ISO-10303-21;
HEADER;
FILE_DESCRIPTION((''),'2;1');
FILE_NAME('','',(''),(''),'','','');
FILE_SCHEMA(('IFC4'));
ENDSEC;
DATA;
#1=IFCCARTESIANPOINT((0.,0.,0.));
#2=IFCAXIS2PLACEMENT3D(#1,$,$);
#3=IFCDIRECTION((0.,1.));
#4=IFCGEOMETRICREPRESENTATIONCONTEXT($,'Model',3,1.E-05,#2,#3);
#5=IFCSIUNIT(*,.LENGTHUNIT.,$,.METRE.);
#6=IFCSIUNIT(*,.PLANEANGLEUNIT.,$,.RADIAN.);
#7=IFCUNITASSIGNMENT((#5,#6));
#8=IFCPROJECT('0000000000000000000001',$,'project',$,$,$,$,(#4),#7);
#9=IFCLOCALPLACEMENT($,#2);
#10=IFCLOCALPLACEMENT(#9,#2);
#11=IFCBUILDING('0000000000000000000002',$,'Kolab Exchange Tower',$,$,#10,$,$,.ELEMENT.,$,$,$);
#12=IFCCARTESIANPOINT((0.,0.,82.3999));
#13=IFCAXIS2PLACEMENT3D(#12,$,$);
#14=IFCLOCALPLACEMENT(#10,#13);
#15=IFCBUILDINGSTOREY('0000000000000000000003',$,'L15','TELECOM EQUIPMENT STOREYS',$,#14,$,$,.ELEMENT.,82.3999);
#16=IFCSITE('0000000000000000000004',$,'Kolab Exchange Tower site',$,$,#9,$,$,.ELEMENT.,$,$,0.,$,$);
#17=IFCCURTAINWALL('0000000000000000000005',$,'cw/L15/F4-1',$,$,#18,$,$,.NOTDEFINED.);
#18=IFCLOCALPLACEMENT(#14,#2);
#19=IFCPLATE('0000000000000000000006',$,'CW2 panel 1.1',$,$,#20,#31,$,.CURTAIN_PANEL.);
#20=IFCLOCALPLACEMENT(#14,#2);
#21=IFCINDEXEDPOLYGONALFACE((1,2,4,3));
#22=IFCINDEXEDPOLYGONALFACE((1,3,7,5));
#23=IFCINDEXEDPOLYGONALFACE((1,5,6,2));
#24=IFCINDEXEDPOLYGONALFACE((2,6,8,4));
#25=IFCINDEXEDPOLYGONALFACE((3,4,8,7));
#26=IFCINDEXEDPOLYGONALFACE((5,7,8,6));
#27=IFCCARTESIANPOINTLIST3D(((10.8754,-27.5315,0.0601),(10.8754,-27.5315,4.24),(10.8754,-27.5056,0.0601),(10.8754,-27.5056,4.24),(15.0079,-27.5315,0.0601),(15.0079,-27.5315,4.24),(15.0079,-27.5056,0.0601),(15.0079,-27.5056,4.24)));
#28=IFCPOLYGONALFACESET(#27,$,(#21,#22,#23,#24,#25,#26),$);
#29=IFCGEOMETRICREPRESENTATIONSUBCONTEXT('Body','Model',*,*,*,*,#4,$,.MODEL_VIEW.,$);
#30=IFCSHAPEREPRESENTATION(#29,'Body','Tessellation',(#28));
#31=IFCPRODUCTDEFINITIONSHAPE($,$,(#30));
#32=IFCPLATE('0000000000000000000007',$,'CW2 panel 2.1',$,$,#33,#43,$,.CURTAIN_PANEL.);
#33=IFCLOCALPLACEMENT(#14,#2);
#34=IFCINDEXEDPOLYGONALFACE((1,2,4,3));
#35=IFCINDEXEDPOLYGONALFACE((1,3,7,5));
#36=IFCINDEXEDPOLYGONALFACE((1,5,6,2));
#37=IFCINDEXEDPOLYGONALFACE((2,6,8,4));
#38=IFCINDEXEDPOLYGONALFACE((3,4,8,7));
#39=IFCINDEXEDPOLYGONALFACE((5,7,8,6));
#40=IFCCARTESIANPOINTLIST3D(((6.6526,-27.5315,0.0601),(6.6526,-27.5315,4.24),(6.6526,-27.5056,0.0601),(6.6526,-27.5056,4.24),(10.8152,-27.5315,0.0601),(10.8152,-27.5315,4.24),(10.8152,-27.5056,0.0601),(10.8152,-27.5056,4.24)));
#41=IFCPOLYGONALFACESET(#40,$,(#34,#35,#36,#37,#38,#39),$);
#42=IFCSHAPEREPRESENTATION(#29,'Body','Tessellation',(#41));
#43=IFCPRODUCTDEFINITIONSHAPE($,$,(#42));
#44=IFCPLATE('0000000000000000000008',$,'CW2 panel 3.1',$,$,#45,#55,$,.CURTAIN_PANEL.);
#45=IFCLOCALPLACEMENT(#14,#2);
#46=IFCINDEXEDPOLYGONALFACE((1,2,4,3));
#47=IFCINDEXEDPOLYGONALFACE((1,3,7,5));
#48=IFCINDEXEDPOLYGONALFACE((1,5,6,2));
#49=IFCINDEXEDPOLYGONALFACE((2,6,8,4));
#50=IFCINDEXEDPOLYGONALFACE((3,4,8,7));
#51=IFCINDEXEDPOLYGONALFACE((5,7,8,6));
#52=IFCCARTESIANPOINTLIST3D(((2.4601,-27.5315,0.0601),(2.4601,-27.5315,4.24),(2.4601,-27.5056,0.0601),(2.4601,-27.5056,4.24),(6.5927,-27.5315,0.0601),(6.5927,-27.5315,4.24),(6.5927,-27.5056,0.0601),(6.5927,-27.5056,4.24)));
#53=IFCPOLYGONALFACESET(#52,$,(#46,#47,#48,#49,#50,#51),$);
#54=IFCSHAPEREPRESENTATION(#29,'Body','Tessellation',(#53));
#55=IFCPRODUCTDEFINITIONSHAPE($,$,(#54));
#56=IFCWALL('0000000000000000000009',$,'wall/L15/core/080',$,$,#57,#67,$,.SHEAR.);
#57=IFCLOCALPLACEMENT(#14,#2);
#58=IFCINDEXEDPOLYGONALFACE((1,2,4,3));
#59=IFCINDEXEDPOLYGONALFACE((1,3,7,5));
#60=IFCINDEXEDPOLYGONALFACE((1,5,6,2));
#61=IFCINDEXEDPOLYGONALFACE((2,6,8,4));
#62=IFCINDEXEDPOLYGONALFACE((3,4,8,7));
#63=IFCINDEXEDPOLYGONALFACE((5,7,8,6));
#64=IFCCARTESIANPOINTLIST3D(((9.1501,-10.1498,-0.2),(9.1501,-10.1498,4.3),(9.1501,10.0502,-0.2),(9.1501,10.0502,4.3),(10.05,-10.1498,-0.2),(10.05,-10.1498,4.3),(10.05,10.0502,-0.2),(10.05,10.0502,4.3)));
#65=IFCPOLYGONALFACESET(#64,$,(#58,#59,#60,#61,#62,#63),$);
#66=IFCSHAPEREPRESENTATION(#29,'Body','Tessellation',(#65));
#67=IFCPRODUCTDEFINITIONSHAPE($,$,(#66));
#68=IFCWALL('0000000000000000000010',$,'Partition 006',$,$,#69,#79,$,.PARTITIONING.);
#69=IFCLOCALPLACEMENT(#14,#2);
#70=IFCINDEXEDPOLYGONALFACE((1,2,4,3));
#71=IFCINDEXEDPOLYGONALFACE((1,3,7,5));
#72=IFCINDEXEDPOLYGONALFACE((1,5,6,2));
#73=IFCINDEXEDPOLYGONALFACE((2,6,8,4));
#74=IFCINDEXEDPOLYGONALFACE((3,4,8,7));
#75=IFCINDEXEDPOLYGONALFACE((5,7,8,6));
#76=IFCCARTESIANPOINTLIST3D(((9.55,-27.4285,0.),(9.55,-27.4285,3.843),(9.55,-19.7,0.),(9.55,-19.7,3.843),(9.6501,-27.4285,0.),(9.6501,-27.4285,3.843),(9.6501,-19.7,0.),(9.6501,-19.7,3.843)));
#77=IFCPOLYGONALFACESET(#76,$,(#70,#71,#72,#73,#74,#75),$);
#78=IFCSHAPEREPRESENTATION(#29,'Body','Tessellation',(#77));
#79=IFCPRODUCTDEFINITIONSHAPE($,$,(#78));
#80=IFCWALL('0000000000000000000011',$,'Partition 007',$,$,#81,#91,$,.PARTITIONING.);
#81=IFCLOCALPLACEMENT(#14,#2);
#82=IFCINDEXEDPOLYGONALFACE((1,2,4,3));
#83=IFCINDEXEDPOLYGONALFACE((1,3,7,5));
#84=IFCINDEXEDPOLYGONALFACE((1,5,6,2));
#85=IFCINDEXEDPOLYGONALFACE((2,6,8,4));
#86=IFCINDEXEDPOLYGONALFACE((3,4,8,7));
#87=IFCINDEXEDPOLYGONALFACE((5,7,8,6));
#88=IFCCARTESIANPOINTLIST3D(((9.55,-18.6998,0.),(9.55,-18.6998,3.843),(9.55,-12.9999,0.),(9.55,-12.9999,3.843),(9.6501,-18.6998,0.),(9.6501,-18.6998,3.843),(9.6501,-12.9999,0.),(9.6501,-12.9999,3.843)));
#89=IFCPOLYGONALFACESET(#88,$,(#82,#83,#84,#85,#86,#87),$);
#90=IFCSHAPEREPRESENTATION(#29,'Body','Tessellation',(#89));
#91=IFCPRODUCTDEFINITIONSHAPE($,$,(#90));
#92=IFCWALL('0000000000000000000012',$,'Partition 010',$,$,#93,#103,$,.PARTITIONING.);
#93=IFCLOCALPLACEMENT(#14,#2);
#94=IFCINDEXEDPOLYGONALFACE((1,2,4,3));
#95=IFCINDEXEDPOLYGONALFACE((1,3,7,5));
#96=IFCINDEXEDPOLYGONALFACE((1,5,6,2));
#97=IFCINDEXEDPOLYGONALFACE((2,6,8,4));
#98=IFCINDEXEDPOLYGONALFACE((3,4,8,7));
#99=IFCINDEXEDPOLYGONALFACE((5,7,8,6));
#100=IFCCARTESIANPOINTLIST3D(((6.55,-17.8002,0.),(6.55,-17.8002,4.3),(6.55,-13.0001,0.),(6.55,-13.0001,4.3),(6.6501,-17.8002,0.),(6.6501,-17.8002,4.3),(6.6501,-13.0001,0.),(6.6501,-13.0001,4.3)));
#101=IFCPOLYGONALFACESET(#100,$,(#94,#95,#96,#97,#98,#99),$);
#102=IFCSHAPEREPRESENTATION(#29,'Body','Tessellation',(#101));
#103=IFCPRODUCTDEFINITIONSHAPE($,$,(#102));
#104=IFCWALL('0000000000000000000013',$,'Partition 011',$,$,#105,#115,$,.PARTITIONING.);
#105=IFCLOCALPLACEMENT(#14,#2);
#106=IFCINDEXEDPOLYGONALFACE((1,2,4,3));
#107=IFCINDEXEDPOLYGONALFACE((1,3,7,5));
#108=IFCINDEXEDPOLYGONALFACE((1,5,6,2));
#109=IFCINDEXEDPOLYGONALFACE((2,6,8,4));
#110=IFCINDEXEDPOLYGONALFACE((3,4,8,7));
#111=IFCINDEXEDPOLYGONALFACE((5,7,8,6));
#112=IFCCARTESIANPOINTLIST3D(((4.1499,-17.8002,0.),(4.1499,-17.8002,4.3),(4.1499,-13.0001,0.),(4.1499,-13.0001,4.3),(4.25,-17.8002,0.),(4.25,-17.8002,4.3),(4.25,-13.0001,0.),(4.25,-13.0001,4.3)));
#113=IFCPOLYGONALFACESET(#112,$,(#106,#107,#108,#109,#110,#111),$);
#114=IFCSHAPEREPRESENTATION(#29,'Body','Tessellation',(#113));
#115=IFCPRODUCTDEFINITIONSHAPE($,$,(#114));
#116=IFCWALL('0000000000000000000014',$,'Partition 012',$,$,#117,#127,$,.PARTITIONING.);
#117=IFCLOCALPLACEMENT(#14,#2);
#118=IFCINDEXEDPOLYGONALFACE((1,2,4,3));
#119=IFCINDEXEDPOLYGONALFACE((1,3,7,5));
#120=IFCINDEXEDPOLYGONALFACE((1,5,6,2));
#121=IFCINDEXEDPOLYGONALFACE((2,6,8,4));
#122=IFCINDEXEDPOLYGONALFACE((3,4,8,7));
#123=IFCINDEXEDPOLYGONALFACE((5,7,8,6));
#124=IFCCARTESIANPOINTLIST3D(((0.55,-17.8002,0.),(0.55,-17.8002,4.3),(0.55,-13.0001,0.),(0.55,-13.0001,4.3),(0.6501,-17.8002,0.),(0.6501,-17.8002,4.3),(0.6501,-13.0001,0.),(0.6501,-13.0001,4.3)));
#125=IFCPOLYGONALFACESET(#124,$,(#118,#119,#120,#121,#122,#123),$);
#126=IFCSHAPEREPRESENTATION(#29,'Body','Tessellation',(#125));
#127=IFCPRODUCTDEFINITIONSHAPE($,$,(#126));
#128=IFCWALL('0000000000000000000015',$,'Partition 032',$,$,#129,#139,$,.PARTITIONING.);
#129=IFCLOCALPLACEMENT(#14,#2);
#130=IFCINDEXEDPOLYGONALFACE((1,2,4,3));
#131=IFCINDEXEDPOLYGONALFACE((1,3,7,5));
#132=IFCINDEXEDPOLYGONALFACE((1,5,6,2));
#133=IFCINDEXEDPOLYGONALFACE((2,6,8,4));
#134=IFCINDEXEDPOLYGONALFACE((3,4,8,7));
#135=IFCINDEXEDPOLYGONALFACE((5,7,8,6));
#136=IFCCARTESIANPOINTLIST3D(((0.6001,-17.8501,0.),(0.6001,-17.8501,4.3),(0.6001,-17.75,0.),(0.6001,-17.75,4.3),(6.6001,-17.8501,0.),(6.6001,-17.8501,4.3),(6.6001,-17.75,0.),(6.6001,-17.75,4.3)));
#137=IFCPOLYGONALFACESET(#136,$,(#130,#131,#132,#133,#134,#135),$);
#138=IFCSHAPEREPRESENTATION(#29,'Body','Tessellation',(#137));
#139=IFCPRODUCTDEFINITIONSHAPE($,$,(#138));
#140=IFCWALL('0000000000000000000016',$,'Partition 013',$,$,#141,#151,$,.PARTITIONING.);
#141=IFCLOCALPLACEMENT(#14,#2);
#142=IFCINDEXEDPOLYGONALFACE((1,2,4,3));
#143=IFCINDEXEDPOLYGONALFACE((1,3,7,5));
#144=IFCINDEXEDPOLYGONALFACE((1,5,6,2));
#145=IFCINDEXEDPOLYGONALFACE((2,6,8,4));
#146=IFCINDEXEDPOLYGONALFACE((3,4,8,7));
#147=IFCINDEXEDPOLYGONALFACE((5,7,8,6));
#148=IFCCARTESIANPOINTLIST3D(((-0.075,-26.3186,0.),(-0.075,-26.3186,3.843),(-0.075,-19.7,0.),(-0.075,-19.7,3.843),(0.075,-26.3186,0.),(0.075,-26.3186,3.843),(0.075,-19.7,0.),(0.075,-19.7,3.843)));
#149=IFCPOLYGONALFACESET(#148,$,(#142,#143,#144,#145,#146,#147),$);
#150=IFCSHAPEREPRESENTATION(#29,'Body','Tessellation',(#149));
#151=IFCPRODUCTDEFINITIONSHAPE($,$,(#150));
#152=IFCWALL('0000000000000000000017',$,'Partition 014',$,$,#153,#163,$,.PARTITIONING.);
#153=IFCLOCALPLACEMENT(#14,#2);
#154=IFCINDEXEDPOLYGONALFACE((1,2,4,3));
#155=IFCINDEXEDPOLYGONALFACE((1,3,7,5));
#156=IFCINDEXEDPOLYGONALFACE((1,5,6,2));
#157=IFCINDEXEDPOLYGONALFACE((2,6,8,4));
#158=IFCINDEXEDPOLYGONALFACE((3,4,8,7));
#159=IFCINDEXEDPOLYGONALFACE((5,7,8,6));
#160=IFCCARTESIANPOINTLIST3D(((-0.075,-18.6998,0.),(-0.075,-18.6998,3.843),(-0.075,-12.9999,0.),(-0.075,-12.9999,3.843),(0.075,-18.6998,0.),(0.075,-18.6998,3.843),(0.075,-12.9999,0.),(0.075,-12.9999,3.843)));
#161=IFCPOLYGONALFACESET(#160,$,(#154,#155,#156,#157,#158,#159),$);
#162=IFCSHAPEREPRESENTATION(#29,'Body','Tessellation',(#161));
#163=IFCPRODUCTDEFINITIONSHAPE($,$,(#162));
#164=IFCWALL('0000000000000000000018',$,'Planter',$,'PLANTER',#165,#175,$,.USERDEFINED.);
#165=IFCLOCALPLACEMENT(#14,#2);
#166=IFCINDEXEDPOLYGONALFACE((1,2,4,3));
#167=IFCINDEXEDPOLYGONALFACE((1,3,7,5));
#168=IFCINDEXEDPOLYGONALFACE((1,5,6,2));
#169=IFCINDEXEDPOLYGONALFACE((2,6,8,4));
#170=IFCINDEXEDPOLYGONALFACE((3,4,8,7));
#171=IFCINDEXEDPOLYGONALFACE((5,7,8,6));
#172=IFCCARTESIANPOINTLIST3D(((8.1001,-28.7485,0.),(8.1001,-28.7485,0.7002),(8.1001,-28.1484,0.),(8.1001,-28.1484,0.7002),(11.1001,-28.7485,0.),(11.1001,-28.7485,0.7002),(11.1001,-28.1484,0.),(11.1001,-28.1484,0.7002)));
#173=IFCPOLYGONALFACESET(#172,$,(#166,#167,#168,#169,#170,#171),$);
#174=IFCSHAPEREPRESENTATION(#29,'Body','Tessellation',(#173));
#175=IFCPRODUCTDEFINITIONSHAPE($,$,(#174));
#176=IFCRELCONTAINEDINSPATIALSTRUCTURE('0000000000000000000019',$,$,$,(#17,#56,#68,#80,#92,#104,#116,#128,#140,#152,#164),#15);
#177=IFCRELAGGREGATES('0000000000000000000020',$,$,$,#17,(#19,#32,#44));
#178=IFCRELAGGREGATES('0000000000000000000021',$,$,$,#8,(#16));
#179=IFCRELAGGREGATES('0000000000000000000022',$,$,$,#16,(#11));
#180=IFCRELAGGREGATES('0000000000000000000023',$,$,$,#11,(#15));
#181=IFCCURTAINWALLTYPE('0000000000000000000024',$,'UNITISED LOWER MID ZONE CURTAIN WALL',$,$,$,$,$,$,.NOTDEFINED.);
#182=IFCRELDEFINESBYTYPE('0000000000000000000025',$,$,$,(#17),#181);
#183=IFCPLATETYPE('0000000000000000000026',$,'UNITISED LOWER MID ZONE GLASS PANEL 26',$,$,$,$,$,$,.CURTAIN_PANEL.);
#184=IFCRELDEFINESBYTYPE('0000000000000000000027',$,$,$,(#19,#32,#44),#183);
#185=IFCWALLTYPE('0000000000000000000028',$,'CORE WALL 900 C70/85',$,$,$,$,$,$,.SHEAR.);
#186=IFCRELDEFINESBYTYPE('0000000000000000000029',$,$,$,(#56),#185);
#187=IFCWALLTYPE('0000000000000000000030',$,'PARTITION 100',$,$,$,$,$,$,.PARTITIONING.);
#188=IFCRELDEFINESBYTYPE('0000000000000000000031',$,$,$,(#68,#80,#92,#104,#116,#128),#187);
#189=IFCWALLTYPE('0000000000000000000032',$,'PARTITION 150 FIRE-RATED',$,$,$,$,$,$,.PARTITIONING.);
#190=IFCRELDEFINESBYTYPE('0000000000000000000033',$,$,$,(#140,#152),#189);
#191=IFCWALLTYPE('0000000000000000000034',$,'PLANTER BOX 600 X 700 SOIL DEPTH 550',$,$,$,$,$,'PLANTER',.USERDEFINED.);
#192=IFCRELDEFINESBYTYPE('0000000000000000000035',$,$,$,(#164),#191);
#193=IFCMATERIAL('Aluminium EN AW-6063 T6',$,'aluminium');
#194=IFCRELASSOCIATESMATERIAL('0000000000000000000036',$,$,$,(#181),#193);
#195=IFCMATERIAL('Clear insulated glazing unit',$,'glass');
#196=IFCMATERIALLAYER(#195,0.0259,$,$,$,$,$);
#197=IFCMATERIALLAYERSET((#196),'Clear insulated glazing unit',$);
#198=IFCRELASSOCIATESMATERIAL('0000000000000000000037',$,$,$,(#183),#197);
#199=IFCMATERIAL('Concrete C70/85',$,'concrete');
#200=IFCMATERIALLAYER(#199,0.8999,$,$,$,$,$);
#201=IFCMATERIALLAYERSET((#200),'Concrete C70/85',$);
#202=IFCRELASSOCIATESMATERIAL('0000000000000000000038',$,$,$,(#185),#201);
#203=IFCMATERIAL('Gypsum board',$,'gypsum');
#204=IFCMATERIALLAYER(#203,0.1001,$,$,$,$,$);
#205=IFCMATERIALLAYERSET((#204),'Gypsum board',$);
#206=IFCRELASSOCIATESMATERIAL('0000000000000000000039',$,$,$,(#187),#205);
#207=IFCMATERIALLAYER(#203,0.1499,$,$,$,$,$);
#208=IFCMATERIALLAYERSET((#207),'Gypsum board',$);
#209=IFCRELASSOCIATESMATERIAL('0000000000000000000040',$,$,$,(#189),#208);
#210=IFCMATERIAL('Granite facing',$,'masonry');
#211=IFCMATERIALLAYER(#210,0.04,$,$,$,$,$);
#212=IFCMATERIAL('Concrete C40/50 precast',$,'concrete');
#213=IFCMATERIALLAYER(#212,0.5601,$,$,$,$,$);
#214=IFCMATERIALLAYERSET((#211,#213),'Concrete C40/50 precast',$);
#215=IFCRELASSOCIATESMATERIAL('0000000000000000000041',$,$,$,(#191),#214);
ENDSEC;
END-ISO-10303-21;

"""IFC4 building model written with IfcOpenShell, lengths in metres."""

from ifc_helpers import new_model, si_unit, direction, frame, frame_2d, origin, origin_2d, place, context, subcontext, project, spatial, rectangle, extrude, material, layer, layer_set, type_object, element, aggregate, save


model = new_model("IFC4")

# Units and contexts
model_context = context("Model", 3, precision=1e-05, world=origin(), true_north=direction((0.0, 1.0)))
body_context = subcontext(model_context, "Body", "Model", "MODEL_VIEW")
ifc_project = project(units=[si_unit("LENGTHUNIT", "METRE"), si_unit("PLANEANGLEUNIT", "RADIAN")], contexts=[model_context])

# Site, building, storey
site_placement = place(None, origin())
site = spatial("IfcSite", under=ifc_project, at=site_placement, Name="Kolab Exchange Tower site", CompositionType="ELEMENT", RefElevation=0.0)
building_placement = place(site_placement, origin())
building = spatial("IfcBuilding", under=site, at=building_placement, Name="Kolab Exchange Tower", CompositionType="ELEMENT")
storey_placement = place(building_placement, frame((0.0, 0.0, 82.3999)))
storey = spatial("IfcBuildingStorey", under=building, at=storey_placement, Name="L15", Description="TELECOM EQUIPMENT STOREYS", CompositionType="ELEMENT", Elevation=82.3999)

# Shared definitions
ifc_material_1 = material(Name="Concrete C70/85", Category="concrete")

# Curtain wall, plates
ifc_material_2 = material(Name="Aluminium EN AW-6063 T6", Category="aluminium")
curtain_wall_type = type_object("IfcCurtainWallType", Name="UNITISED LOWER MID ZONE CURTAIN WALL", PredefinedType="NOTDEFINED", material=ifc_material_2)
curtain_wall_placement = place(storey_placement, origin())
curtain_wall = element("IfcCurtainWall", 1, at=curtain_wall_placement, inside=storey, type_object=curtain_wall_type, Name="cw/L15/F4-1", PredefinedType="NOTDEFINED")
ifc_material_3 = material(Name="Clear insulated glazing unit", Category="glass")
ifc_layer_1 = layer(ifc_material_3, 0.0259)
ifc_layer_set_1 = layer_set([ifc_layer_1], Name="Clear insulated glazing unit")
plate_type = type_object("IfcPlateType", Name="UNITISED LOWER MID ZONE GLASS PANEL 26", PredefinedType="CURTAIN_PANEL", material=ifc_layer_set_1)
plate_1_placement = place(storey_placement, frame((12.9417, -27.5186, 0.0601), z_axis=(0.0, 0.0, 1.0), x_axis=(-1.0, 0.0, 0.0)))
plate_1 = element("IfcPlate", 2, at=plate_1_placement, type_object=plate_type, Name="CW2 panel 1.1", PredefinedType="CURTAIN_PANEL", context=body_context, shape_type="SweptSolid", body=[
    extrude(rectangle(XDim=4.1326, YDim=0.0259, at=origin_2d()), origin(), (0.0, 0.0, 1.0), 4.1799),
])
plate_2_placement = place(storey_placement, frame((8.7339, -27.5186, 0.0601), z_axis=(0.0, 0.0, 1.0), x_axis=(-1.0, 0.0, 0.0)))
plate_2 = element("IfcPlate", 3, at=plate_2_placement, type_object=plate_type, Name="CW2 panel 2.1", PredefinedType="CURTAIN_PANEL", context=body_context, shape_type="SweptSolid", body=[
    extrude(rectangle(XDim=4.1626, YDim=0.0259, at=origin_2d()), origin(), (0.0, 0.0, 1.0), 4.1799),
])
plate_3_placement = place(storey_placement, frame((4.5264, -27.5186, 0.0601), z_axis=(0.0, 0.0, 1.0), x_axis=(-1.0, 0.0, 0.0)))
plate_3 = element("IfcPlate", 4, at=plate_3_placement, type_object=plate_type, Name="CW2 panel 3.1", PredefinedType="CURTAIN_PANEL", context=body_context, shape_type="SweptSolid", body=[
    extrude(rectangle(XDim=4.1326, YDim=0.0259, at=origin_2d()), origin(), (0.0, 0.0, 1.0), 4.1799),
])
aggregate(curtain_wall, [plate_1, plate_2, plate_3])

# Wall
ifc_layer_2 = layer(ifc_material_1, 0.8999)
ifc_layer_set_2 = layer_set([ifc_layer_2], Name="Concrete C70/85")
wall_type_1 = type_object("IfcWallType", Name="CORE WALL 900 C70/85", PredefinedType="SHEAR", material=ifc_layer_set_2)
wall_1_placement = place(storey_placement, frame((9.6001, -10.1499, -0.2), z_axis=(0.0, 0.0, 1.0), x_axis=(0.0, 1.0, 0.0)))
element("IfcWall", 5, at=wall_1_placement, inside=storey, type_object=wall_type_1, Name="wall/L15/core/080", PredefinedType="SHEAR", context=body_context, shape_type="SweptSolid", body=[
    extrude(rectangle(XDim=20.2, YDim=0.8999, at=frame_2d((10.1001, 0.0))), origin(), (0.0, 0.0, 1.0), 4.5),
])

# Walls
ifc_material_4 = material(Name="Gypsum board", Category="gypsum")
ifc_layer_3 = layer(ifc_material_4, 0.1001)
ifc_layer_set_3 = layer_set([ifc_layer_3], Name="Gypsum board")
wall_type_2 = type_object("IfcWallType", Name="PARTITION 100", PredefinedType="PARTITIONING", material=ifc_layer_set_3)
wall_2_placement = place(storey_placement, frame((9.6001, -27.4285, 0.0), z_axis=(0.0, 0.0, 1.0), x_axis=(0.0, 1.0, 0.0)))
element("IfcWall", 6, at=wall_2_placement, inside=storey, type_object=wall_type_2, Name="Partition 006", PredefinedType="PARTITIONING", context=body_context, shape_type="SweptSolid", body=[
    extrude(rectangle(XDim=7.7285, YDim=0.1001, at=frame_2d((3.8643, 0.0))), origin(), (0.0, 0.0, 1.0), 3.843),
])
wall_3_placement = place(storey_placement, frame((9.6001, -18.7, 0.0), z_axis=(0.0, 0.0, 1.0), x_axis=(0.0, 1.0, 0.0)))
element("IfcWall", 7, at=wall_3_placement, inside=storey, type_object=wall_type_2, Name="Partition 007", PredefinedType="PARTITIONING", context=body_context, shape_type="SweptSolid", body=[
    extrude(rectangle(XDim=5.7, YDim=0.1001, at=frame_2d((2.8501, 0.0))), origin(), (0.0, 0.0, 1.0), 3.843),
])
for number, where, z_axis, x_axis, name in (
    (8, (6.6001, -17.8, 0.0), (0.0, 0.0, 1.0), (0.0, 1.0, 0.0), "Partition 010"),
    (9, (4.2, -17.8, 0.0), (0.0, 0.0, 1.0), (0.0, 1.0, 0.0), "Partition 011"),
    (10, (0.6001, -17.8, 0.0), (0.0, 0.0, 1.0), (0.0, 1.0, 0.0), "Partition 012"),
):
    element("IfcWall", number, at=place(storey_placement, frame(where, z_axis=z_axis, x_axis=x_axis)), inside=storey, type_object=wall_type_2, Name=name, PredefinedType="PARTITIONING", context=body_context, shape_type="SweptSolid", body=[
        extrude(rectangle(XDim=4.8, YDim=0.1001, at=frame_2d((2.3999, 0.0))), origin(), (0.0, 0.0, 1.0), 4.3),
    ])
wall_4_placement = place(storey_placement, frame((0.6001, -17.8, 0.0), z_axis=(0.0, 0.0, 1.0), x_axis=(1.0, 0.0, 0.0)))
element("IfcWall", 11, at=wall_4_placement, inside=storey, type_object=wall_type_2, Name="Partition 032", PredefinedType="PARTITIONING", context=body_context, shape_type="SweptSolid", body=[
    extrude(rectangle(XDim=6.0, YDim=0.1001, at=frame_2d((3.0, 0.0))), origin(), (0.0, 0.0, 1.0), 4.3),
])
ifc_layer_4 = layer(ifc_material_4, 0.1499)
ifc_layer_set_4 = layer_set([ifc_layer_4], Name="Gypsum board")
wall_type_3 = type_object("IfcWallType", Name="PARTITION 150 FIRE-RATED", PredefinedType="PARTITIONING", material=ifc_layer_set_4)
wall_5_placement = place(storey_placement, frame((0.0, -26.3186, 0.0), z_axis=(0.0, 0.0, 1.0), x_axis=(0.0, 1.0, 0.0)))
element("IfcWall", 12, at=wall_5_placement, inside=storey, type_object=wall_type_3, Name="Partition 013", PredefinedType="PARTITIONING", context=body_context, shape_type="SweptSolid", body=[
    extrude(rectangle(XDim=6.6187, YDim=0.1499, at=frame_2d((3.3093, 0.0))), origin(), (0.0, 0.0, 1.0), 3.843),
])
wall_6_placement = place(storey_placement, frame((0.0, -18.7, 0.0), z_axis=(0.0, 0.0, 1.0), x_axis=(0.0, 1.0, 0.0)))
element("IfcWall", 13, at=wall_6_placement, inside=storey, type_object=wall_type_3, Name="Partition 014", PredefinedType="PARTITIONING", context=body_context, shape_type="SweptSolid", body=[
    extrude(rectangle(XDim=5.7, YDim=0.1499, at=frame_2d((2.8501, 0.0))), origin(), (0.0, 0.0, 1.0), 3.843),
])
ifc_material_5 = material(Name="Granite facing", Category="masonry")
ifc_layer_5 = layer(ifc_material_5, 0.04)
ifc_material_6 = material(Name="Concrete C40/50 precast", Category="concrete")
ifc_layer_6 = layer(ifc_material_6, 0.5601)
ifc_layer_set_5 = layer_set([ifc_layer_5, ifc_layer_6], Name="Concrete C40/50 precast")
wall_type_4 = type_object("IfcWallType", Name="PLANTER BOX 600 X 700 SOIL DEPTH 550", ElementType="PLANTER", PredefinedType="USERDEFINED", material=ifc_layer_set_5)
wall_7_placement = place(storey_placement, frame((11.1001, -28.4485, 0.0), z_axis=(0.0, 0.0, 1.0), x_axis=(-1.0, 0.0, 0.0)))
element("IfcWall", 14, at=wall_7_placement, inside=storey, type_object=wall_type_4, Name="Planter", ObjectType="PLANTER", PredefinedType="USERDEFINED", context=body_context, shape_type="SweptSolid", body=[
    extrude(rectangle(XDim=3.0, YDim=0.6001, at=frame_2d((1.5, 0.0))), origin(), (0.0, 0.0, 1.0), 0.7002),
])

save(model, "model.ifc")
